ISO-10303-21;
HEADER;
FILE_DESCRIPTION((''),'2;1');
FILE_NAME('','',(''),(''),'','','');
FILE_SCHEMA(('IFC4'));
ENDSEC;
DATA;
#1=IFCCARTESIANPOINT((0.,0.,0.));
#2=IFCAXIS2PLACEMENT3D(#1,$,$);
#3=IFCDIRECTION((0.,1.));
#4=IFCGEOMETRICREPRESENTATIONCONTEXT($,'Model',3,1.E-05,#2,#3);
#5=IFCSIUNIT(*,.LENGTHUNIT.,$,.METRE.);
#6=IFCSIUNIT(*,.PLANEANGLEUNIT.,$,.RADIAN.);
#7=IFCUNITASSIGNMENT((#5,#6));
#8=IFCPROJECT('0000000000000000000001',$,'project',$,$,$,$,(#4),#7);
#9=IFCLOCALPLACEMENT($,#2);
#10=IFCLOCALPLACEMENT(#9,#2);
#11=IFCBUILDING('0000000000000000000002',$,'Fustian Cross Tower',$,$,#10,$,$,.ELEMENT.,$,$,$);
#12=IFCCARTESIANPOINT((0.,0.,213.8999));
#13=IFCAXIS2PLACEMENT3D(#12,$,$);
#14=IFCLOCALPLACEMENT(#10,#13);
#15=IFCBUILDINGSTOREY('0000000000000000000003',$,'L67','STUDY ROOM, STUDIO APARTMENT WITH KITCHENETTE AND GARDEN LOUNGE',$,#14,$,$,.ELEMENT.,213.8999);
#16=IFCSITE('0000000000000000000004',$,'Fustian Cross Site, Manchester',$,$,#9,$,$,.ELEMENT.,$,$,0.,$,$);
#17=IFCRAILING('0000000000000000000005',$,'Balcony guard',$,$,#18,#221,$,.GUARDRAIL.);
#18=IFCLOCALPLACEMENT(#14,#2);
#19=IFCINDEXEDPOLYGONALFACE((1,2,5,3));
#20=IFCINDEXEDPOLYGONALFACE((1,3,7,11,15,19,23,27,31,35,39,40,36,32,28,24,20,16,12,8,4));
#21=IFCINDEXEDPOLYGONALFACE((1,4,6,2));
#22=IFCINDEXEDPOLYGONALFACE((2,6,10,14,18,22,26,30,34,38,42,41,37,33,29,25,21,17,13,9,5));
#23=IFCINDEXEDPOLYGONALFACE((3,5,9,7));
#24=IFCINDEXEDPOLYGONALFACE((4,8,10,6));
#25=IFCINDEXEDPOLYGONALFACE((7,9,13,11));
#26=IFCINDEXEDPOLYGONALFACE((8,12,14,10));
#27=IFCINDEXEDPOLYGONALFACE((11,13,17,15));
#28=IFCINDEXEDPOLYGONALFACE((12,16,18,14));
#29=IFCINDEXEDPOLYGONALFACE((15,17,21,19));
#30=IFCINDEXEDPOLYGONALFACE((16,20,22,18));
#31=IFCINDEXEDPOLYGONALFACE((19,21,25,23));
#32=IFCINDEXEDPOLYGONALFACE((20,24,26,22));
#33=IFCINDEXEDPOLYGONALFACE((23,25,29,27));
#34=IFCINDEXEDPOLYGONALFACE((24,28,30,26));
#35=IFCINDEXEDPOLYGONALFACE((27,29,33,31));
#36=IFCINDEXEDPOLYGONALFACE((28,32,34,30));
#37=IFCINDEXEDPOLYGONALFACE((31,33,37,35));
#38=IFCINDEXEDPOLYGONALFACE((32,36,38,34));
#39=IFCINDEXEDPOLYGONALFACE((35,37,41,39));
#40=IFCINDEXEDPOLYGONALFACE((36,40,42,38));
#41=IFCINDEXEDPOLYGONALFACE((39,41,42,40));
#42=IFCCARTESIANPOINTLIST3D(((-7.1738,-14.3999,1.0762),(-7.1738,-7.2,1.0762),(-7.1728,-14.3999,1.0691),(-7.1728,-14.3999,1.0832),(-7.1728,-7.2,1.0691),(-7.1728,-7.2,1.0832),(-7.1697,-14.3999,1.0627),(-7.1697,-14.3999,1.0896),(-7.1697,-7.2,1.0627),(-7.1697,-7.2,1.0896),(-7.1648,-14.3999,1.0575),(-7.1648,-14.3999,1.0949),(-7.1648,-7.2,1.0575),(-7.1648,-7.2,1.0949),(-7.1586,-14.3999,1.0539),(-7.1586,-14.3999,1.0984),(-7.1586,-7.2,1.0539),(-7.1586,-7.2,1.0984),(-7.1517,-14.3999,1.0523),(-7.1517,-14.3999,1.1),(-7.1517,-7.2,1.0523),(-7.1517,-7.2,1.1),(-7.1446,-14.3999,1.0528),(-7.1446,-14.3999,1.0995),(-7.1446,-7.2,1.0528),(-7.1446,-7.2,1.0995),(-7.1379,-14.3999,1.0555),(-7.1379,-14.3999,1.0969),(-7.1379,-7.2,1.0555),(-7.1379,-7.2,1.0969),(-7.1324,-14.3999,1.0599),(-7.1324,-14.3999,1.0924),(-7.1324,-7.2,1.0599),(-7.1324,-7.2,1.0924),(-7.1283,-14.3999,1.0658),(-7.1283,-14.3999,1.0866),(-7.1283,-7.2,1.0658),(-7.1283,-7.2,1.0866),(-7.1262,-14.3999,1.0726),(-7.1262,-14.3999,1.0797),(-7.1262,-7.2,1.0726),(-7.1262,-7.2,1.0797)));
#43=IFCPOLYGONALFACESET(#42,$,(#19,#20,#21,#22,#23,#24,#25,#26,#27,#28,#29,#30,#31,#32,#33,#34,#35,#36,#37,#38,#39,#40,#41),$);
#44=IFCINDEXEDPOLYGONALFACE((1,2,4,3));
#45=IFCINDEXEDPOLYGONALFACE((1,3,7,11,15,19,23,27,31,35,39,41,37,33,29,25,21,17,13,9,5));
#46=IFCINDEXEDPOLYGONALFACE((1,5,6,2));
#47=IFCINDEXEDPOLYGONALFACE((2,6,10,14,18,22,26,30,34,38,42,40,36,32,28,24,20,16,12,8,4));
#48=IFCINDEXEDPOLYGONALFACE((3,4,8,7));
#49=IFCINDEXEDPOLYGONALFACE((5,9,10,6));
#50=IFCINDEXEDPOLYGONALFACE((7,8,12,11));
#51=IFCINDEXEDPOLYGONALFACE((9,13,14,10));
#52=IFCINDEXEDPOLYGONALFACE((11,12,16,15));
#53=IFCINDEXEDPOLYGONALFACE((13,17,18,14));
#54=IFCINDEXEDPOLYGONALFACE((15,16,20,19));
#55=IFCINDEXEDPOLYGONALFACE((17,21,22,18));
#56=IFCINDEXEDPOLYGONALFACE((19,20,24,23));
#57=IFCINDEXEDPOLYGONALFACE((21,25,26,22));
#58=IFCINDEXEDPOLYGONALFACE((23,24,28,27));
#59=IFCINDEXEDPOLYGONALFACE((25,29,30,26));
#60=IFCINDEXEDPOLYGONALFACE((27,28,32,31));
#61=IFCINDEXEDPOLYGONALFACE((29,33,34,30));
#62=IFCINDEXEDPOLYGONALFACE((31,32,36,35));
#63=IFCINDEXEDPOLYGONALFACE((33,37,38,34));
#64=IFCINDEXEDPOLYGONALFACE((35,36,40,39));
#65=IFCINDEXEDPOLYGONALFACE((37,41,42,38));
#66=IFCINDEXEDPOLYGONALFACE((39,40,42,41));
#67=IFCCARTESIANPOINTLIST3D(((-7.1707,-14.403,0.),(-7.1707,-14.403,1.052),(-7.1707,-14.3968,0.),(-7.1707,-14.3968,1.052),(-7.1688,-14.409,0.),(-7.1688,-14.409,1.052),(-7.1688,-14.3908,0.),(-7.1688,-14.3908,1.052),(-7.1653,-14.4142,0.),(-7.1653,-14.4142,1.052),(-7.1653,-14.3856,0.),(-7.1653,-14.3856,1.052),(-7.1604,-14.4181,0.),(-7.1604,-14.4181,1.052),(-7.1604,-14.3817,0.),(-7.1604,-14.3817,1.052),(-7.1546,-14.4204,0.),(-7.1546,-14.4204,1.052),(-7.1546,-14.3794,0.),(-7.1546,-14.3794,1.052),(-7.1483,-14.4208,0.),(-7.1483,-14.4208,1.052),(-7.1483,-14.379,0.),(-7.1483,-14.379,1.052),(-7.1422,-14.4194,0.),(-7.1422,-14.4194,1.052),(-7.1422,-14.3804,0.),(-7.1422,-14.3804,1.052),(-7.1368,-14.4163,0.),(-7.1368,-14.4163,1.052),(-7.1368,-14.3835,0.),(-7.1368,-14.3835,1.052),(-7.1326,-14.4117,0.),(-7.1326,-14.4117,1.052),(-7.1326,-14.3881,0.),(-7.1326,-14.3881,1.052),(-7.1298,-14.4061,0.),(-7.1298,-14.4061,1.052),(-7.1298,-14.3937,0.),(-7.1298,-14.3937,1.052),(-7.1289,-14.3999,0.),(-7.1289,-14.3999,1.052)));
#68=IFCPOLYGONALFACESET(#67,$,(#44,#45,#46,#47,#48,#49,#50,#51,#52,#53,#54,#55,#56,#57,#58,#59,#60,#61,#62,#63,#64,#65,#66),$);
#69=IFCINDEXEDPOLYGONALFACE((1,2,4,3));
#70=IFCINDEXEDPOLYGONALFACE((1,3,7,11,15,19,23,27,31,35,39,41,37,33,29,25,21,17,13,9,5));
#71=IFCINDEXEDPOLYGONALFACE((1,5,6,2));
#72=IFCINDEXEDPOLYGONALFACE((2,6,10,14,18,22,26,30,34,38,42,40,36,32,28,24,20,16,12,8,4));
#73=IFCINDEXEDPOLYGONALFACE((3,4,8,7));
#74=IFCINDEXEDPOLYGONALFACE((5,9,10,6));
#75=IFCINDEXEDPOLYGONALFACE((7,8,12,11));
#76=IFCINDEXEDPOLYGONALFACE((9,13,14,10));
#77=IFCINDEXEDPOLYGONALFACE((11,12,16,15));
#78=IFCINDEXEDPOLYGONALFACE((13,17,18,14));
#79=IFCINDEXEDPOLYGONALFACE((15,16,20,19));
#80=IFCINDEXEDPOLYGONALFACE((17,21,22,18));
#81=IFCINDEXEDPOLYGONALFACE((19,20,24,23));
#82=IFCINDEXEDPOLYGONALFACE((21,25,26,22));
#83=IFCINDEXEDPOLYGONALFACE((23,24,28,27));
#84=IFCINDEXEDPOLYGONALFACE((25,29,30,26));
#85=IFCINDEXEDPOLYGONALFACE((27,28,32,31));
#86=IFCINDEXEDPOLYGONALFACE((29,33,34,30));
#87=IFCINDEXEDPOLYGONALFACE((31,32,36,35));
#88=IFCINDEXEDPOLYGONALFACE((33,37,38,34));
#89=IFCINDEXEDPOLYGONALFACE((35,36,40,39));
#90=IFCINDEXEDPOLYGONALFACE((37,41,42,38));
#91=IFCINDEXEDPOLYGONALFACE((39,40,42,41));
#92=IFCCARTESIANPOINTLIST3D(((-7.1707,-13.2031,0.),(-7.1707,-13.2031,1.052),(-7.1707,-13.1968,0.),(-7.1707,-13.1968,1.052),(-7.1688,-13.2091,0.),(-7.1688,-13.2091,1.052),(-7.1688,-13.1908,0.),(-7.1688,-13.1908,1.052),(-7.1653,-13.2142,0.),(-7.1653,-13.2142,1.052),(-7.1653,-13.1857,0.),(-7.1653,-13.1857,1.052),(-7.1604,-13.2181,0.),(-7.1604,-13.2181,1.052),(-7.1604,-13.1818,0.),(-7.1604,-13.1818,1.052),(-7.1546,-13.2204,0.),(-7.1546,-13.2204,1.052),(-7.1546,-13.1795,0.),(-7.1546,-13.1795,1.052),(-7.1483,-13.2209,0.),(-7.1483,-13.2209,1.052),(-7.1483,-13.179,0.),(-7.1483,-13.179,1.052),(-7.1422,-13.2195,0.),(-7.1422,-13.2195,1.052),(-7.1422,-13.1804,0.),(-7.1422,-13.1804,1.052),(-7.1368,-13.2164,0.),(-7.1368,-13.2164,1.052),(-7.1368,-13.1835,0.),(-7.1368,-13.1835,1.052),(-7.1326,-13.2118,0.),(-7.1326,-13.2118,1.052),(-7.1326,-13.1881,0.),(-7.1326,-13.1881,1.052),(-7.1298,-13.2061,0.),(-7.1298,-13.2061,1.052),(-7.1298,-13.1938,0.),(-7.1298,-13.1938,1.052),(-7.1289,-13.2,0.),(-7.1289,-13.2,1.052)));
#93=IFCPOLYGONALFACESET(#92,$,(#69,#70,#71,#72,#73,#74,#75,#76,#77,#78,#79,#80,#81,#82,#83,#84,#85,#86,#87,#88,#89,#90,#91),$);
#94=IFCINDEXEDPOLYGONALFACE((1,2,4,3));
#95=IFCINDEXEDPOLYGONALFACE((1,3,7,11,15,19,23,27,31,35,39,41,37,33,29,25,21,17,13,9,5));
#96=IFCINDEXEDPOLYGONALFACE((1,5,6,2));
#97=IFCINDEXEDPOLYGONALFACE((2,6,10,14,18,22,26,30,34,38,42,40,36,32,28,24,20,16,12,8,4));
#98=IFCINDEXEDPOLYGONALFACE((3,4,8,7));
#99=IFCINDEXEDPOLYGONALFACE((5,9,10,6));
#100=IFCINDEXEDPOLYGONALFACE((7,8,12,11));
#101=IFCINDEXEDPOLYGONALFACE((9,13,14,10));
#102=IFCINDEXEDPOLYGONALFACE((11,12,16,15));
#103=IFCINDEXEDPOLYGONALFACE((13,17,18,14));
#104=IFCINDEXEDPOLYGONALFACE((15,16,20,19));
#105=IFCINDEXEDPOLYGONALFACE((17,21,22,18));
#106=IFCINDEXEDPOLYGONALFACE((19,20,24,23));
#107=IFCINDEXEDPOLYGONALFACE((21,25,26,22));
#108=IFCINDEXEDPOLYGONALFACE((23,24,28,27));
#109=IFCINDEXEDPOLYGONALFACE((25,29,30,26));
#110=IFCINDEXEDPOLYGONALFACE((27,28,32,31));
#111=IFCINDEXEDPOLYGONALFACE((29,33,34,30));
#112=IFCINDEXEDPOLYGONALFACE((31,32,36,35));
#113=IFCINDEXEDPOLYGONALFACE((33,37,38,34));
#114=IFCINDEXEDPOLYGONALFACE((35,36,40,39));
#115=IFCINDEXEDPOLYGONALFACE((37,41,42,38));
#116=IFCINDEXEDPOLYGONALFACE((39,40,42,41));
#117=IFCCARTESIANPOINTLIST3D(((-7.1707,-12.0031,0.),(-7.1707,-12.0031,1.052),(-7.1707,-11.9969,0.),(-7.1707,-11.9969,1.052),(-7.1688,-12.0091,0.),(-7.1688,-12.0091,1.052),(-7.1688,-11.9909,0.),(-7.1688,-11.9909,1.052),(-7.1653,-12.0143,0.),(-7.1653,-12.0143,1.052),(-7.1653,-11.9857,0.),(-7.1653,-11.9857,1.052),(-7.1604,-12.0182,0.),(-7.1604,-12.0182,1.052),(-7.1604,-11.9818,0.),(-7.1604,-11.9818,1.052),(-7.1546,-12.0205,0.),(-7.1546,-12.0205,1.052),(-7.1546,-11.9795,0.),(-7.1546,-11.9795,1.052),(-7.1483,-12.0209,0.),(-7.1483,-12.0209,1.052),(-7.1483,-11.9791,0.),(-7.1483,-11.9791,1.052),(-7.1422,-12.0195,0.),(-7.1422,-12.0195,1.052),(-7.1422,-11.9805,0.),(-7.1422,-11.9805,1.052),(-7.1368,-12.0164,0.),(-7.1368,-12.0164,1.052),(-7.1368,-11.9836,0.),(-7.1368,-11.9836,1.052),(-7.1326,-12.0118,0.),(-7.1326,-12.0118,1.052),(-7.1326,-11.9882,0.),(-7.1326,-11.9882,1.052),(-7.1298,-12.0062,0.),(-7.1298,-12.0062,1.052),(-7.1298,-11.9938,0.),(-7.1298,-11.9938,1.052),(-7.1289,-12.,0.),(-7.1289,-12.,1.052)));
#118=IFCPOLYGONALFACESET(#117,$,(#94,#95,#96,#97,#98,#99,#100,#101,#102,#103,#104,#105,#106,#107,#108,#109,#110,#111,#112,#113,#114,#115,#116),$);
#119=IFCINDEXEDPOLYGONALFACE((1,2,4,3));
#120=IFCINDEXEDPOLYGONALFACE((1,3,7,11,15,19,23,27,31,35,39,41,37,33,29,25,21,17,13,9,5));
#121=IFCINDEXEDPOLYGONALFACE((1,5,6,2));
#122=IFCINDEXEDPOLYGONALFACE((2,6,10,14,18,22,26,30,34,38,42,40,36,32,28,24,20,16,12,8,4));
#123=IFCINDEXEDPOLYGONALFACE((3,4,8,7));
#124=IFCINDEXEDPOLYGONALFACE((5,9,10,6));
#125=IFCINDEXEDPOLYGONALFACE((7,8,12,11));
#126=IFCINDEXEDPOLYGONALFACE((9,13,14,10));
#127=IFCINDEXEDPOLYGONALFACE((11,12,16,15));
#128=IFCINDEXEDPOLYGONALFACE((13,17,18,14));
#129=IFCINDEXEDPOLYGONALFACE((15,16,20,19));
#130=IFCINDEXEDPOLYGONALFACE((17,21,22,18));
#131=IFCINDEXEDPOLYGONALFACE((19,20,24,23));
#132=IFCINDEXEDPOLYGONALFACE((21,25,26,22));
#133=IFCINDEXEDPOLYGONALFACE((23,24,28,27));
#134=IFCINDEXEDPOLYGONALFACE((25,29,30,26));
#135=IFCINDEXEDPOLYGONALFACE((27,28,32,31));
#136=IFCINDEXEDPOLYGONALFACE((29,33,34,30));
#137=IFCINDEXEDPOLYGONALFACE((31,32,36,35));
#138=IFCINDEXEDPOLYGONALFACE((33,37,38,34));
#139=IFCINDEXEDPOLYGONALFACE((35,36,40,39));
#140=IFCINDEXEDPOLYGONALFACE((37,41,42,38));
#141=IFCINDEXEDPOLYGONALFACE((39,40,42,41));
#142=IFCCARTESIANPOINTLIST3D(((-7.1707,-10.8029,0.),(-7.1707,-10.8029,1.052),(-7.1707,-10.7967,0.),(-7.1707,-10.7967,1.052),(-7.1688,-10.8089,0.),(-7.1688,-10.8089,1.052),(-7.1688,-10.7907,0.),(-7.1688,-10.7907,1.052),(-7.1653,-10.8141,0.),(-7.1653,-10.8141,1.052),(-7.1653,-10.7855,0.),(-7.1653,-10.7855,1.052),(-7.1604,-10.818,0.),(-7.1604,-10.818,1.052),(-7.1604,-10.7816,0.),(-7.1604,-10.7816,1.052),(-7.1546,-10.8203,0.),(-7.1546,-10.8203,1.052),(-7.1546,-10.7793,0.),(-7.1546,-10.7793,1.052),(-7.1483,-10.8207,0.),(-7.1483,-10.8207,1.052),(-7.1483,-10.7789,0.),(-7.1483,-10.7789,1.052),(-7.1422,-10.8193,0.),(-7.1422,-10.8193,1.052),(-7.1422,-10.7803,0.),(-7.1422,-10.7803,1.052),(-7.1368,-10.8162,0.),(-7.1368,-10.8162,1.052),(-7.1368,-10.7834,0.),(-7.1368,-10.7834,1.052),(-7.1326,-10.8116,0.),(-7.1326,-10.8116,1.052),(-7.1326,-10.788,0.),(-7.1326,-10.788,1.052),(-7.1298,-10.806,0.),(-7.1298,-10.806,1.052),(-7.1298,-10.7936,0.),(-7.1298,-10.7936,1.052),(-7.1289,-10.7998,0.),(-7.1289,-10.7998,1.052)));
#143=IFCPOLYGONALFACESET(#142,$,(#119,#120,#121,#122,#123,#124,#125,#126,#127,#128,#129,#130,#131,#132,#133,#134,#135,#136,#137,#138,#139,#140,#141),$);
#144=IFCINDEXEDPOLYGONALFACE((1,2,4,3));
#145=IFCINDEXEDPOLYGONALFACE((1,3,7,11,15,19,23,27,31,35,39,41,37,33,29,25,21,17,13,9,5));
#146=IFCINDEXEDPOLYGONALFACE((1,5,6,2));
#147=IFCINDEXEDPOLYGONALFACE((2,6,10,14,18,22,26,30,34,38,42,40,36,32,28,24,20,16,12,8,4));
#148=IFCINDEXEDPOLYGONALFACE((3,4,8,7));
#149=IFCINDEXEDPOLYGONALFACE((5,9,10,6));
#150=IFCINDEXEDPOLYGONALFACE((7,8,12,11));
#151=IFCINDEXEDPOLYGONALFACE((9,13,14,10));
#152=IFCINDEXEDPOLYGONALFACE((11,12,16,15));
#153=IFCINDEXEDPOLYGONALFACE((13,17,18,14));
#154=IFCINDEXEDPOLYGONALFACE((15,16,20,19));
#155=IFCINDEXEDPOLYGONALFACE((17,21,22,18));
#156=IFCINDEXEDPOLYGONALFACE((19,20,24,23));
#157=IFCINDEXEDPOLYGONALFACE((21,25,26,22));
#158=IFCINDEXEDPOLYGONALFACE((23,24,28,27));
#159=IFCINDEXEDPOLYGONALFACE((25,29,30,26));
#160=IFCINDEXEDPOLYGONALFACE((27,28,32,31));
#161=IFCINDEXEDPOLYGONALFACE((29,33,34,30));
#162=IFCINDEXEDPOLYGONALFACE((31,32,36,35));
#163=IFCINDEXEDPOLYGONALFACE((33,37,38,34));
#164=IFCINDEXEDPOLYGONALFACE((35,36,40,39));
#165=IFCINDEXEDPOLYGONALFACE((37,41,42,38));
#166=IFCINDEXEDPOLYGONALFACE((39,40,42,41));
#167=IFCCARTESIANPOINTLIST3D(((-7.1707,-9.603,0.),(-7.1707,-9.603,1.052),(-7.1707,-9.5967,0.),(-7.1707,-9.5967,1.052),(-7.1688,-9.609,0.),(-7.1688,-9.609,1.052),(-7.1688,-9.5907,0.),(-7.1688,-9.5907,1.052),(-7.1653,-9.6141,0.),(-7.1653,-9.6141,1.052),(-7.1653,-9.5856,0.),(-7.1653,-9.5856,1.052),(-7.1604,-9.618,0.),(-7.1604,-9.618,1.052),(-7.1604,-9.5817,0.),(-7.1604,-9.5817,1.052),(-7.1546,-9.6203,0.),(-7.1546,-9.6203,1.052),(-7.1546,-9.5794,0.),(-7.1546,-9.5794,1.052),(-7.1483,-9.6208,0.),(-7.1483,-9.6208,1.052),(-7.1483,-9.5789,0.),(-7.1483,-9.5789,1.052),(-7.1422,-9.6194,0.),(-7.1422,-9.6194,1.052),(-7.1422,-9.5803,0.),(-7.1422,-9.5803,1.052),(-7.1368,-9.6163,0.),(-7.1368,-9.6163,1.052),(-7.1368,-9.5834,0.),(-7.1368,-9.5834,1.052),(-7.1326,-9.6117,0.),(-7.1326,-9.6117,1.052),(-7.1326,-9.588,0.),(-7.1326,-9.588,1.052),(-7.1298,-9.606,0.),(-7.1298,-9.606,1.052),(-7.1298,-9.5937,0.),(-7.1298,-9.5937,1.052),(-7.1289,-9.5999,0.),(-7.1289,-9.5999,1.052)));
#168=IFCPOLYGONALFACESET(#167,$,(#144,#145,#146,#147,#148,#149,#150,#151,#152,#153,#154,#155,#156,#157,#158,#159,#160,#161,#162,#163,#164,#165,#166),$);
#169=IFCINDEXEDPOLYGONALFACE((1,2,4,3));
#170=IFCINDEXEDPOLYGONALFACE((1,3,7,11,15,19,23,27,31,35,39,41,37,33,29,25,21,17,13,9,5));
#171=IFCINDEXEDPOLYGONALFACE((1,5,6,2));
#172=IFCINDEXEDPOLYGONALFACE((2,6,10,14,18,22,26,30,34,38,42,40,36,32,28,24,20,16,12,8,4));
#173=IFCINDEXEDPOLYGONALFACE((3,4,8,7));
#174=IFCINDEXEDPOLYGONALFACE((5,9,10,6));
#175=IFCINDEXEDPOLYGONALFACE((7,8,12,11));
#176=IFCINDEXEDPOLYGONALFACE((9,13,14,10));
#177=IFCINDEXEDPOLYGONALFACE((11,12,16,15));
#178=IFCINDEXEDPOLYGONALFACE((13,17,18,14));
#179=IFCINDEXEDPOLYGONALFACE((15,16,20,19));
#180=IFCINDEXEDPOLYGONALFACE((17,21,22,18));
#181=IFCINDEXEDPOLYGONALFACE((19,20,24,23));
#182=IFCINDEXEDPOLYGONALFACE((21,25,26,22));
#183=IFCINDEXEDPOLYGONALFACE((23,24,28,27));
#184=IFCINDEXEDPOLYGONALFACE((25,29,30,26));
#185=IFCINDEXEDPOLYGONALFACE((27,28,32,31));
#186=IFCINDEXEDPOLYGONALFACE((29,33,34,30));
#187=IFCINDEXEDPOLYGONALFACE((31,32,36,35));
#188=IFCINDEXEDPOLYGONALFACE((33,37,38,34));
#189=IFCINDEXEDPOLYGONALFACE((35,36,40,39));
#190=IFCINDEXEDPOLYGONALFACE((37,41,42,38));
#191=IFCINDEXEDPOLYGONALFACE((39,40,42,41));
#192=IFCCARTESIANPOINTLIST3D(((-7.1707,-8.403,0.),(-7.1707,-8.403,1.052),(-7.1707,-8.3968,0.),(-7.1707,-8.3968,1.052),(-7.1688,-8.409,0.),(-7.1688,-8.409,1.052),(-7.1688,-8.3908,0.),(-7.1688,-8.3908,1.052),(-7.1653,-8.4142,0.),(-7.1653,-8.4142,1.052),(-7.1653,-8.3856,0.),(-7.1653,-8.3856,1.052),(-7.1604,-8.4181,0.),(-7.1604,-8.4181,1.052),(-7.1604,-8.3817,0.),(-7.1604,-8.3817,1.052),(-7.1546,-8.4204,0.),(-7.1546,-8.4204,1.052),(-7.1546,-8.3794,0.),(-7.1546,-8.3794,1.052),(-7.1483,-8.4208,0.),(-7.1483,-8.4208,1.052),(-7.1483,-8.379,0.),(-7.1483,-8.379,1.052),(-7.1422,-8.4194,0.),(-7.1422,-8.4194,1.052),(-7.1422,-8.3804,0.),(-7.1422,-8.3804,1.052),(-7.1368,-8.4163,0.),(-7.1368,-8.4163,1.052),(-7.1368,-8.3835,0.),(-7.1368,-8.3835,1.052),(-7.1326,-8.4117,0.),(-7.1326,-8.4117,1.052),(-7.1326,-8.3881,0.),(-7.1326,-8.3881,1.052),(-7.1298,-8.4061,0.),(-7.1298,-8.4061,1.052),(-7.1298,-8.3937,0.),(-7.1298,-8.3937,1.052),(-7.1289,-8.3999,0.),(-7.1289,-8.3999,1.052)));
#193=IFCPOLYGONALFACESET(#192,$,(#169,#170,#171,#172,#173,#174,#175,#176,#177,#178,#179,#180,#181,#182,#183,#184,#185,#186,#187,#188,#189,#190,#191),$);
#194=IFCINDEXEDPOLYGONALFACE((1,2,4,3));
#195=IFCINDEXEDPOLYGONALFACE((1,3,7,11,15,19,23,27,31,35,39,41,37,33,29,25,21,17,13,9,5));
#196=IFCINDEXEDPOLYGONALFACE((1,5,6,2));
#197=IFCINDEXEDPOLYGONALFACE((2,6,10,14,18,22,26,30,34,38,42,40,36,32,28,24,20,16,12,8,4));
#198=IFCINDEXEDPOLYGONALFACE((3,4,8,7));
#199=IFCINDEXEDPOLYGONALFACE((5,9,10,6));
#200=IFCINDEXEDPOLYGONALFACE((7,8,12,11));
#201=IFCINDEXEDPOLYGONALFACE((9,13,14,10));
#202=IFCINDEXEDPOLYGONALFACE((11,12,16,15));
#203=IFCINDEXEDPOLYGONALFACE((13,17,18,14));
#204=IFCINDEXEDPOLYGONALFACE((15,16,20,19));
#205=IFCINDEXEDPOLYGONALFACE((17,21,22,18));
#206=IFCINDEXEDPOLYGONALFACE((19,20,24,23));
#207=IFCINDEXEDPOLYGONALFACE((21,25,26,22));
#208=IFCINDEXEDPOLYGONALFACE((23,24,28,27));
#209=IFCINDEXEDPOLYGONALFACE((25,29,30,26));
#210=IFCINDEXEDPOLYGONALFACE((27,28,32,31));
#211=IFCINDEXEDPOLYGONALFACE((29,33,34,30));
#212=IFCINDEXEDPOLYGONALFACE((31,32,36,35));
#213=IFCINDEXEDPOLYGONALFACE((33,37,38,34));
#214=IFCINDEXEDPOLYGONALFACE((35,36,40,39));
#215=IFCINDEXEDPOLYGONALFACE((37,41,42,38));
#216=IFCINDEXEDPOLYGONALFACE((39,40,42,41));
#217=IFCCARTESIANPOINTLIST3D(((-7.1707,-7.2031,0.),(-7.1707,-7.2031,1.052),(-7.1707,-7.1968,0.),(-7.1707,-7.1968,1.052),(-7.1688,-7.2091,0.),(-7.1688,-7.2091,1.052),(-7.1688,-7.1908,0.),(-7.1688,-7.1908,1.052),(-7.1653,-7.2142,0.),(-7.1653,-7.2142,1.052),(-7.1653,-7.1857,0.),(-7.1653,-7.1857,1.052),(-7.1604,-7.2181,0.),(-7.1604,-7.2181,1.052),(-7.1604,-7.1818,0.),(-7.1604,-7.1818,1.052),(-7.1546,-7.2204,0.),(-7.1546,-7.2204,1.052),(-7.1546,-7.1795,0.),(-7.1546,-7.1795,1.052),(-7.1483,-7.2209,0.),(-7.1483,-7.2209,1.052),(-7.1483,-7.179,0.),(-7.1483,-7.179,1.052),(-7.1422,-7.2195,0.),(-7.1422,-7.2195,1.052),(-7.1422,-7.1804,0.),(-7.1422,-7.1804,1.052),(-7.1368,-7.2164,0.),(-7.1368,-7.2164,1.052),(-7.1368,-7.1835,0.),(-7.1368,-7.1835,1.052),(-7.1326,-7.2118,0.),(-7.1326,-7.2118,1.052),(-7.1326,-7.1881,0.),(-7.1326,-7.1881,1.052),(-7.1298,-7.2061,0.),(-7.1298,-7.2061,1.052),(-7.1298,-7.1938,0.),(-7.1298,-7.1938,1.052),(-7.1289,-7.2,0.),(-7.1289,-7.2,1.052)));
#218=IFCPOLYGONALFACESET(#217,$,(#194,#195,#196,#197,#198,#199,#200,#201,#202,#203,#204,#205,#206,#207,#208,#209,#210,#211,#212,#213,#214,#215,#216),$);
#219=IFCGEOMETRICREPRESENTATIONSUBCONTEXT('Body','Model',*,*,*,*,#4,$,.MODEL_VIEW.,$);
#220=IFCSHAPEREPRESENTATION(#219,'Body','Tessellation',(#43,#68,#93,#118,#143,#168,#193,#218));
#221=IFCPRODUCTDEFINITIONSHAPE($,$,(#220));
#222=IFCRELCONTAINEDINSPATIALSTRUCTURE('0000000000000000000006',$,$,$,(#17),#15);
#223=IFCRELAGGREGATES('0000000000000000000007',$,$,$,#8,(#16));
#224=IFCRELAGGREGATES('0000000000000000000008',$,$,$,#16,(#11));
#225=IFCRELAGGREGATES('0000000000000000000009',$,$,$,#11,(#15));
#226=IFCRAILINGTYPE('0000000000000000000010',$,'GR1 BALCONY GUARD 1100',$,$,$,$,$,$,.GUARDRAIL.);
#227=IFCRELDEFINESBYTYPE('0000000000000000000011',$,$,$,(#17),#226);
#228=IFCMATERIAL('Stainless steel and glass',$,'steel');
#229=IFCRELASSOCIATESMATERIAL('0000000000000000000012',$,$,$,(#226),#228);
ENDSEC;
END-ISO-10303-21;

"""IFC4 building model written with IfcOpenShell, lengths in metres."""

from ifc_helpers import new_model, si_unit, direction, frame, origin, origin_2d, place, context, subcontext, project, spatial, circle, extrude, material, type_object, element, save


model = new_model("IFC4")

# Units and contexts
model_context = context("Model", 3, precision=1e-05, world=origin(), true_north=direction((0.0, 1.0)))
body_context = subcontext(model_context, "Body", "Model", "MODEL_VIEW")
ifc_project = project(units=[si_unit("LENGTHUNIT", "METRE"), si_unit("PLANEANGLEUNIT", "RADIAN")], contexts=[model_context])

# Site, building, storey
site_placement = place(None, origin())
site = spatial("IfcSite", under=ifc_project, at=site_placement, Name="Fustian Cross Site, Manchester", CompositionType="ELEMENT", RefElevation=0.0)
building_placement = place(site_placement, origin())
building = spatial("IfcBuilding", under=site, at=building_placement, Name="Fustian Cross Tower", CompositionType="ELEMENT")
storey_placement = place(building_placement, frame((0.0, 0.0, 213.8999)))
storey = spatial("IfcBuildingStorey", under=building, at=storey_placement, Name="L67", Description="STUDY ROOM, STUDIO APARTMENT WITH KITCHENETTE AND GARDEN LOUNGE", CompositionType="ELEMENT", Elevation=213.8999)

# Railing
ifc_material_1 = material(Name="Stainless steel and glass", Category="steel")
railing_type_1 = type_object("IfcRailingType", Name="GR1 BALCONY GUARD 1100", PredefinedType="GUARDRAIL", material=ifc_material_1)
railing_1_placement = place(storey_placement, frame((-7.1499, -14.3999, 0.0)))
element("IfcRailing", 1, at=railing_1_placement, inside=storey, type_object=railing_type_1, Name="Balcony guard", PredefinedType="GUARDRAIL", context=body_context, shape_type="SweptSolid", body=[
    extrude(circle(Radius=0.0239, at=origin_2d()), frame((0.0, 0.0, 1.0762), z_axis=(0.0, 1.0, 0.0), x_axis=(-1.0, 0.0, 0.0)), (0.0, 0.0, 1.0), 7.2),
    extrude(circle(Radius=0.021, at=origin_2d()), origin(), (0.0, 0.0, 1.0), 1.052),
    extrude(circle(Radius=0.021, at=origin_2d()), frame((0.0, 1.2, 0.0)), (0.0, 0.0, 1.0), 1.052),
    extrude(circle(Radius=0.021, at=origin_2d()), frame((0.0, 2.3999, 0.0)), (0.0, 0.0, 1.0), 1.052),
    extrude(circle(Radius=0.021, at=origin_2d()), frame((0.0, 3.6001, 0.0)), (0.0, 0.0, 1.0), 1.052),
    extrude(circle(Radius=0.021, at=origin_2d()), frame((0.0, 4.8, 0.0)), (0.0, 0.0, 1.0), 1.052),
    extrude(circle(Radius=0.021, at=origin_2d()), frame((0.0, 6.0, 0.0)), (0.0, 0.0, 1.0), 1.052),
    extrude(circle(Radius=0.021, at=origin_2d()), frame((0.0, 7.2, 0.0)), (0.0, 0.0, 1.0), 1.052),
])

save(model, "model.ifc")
